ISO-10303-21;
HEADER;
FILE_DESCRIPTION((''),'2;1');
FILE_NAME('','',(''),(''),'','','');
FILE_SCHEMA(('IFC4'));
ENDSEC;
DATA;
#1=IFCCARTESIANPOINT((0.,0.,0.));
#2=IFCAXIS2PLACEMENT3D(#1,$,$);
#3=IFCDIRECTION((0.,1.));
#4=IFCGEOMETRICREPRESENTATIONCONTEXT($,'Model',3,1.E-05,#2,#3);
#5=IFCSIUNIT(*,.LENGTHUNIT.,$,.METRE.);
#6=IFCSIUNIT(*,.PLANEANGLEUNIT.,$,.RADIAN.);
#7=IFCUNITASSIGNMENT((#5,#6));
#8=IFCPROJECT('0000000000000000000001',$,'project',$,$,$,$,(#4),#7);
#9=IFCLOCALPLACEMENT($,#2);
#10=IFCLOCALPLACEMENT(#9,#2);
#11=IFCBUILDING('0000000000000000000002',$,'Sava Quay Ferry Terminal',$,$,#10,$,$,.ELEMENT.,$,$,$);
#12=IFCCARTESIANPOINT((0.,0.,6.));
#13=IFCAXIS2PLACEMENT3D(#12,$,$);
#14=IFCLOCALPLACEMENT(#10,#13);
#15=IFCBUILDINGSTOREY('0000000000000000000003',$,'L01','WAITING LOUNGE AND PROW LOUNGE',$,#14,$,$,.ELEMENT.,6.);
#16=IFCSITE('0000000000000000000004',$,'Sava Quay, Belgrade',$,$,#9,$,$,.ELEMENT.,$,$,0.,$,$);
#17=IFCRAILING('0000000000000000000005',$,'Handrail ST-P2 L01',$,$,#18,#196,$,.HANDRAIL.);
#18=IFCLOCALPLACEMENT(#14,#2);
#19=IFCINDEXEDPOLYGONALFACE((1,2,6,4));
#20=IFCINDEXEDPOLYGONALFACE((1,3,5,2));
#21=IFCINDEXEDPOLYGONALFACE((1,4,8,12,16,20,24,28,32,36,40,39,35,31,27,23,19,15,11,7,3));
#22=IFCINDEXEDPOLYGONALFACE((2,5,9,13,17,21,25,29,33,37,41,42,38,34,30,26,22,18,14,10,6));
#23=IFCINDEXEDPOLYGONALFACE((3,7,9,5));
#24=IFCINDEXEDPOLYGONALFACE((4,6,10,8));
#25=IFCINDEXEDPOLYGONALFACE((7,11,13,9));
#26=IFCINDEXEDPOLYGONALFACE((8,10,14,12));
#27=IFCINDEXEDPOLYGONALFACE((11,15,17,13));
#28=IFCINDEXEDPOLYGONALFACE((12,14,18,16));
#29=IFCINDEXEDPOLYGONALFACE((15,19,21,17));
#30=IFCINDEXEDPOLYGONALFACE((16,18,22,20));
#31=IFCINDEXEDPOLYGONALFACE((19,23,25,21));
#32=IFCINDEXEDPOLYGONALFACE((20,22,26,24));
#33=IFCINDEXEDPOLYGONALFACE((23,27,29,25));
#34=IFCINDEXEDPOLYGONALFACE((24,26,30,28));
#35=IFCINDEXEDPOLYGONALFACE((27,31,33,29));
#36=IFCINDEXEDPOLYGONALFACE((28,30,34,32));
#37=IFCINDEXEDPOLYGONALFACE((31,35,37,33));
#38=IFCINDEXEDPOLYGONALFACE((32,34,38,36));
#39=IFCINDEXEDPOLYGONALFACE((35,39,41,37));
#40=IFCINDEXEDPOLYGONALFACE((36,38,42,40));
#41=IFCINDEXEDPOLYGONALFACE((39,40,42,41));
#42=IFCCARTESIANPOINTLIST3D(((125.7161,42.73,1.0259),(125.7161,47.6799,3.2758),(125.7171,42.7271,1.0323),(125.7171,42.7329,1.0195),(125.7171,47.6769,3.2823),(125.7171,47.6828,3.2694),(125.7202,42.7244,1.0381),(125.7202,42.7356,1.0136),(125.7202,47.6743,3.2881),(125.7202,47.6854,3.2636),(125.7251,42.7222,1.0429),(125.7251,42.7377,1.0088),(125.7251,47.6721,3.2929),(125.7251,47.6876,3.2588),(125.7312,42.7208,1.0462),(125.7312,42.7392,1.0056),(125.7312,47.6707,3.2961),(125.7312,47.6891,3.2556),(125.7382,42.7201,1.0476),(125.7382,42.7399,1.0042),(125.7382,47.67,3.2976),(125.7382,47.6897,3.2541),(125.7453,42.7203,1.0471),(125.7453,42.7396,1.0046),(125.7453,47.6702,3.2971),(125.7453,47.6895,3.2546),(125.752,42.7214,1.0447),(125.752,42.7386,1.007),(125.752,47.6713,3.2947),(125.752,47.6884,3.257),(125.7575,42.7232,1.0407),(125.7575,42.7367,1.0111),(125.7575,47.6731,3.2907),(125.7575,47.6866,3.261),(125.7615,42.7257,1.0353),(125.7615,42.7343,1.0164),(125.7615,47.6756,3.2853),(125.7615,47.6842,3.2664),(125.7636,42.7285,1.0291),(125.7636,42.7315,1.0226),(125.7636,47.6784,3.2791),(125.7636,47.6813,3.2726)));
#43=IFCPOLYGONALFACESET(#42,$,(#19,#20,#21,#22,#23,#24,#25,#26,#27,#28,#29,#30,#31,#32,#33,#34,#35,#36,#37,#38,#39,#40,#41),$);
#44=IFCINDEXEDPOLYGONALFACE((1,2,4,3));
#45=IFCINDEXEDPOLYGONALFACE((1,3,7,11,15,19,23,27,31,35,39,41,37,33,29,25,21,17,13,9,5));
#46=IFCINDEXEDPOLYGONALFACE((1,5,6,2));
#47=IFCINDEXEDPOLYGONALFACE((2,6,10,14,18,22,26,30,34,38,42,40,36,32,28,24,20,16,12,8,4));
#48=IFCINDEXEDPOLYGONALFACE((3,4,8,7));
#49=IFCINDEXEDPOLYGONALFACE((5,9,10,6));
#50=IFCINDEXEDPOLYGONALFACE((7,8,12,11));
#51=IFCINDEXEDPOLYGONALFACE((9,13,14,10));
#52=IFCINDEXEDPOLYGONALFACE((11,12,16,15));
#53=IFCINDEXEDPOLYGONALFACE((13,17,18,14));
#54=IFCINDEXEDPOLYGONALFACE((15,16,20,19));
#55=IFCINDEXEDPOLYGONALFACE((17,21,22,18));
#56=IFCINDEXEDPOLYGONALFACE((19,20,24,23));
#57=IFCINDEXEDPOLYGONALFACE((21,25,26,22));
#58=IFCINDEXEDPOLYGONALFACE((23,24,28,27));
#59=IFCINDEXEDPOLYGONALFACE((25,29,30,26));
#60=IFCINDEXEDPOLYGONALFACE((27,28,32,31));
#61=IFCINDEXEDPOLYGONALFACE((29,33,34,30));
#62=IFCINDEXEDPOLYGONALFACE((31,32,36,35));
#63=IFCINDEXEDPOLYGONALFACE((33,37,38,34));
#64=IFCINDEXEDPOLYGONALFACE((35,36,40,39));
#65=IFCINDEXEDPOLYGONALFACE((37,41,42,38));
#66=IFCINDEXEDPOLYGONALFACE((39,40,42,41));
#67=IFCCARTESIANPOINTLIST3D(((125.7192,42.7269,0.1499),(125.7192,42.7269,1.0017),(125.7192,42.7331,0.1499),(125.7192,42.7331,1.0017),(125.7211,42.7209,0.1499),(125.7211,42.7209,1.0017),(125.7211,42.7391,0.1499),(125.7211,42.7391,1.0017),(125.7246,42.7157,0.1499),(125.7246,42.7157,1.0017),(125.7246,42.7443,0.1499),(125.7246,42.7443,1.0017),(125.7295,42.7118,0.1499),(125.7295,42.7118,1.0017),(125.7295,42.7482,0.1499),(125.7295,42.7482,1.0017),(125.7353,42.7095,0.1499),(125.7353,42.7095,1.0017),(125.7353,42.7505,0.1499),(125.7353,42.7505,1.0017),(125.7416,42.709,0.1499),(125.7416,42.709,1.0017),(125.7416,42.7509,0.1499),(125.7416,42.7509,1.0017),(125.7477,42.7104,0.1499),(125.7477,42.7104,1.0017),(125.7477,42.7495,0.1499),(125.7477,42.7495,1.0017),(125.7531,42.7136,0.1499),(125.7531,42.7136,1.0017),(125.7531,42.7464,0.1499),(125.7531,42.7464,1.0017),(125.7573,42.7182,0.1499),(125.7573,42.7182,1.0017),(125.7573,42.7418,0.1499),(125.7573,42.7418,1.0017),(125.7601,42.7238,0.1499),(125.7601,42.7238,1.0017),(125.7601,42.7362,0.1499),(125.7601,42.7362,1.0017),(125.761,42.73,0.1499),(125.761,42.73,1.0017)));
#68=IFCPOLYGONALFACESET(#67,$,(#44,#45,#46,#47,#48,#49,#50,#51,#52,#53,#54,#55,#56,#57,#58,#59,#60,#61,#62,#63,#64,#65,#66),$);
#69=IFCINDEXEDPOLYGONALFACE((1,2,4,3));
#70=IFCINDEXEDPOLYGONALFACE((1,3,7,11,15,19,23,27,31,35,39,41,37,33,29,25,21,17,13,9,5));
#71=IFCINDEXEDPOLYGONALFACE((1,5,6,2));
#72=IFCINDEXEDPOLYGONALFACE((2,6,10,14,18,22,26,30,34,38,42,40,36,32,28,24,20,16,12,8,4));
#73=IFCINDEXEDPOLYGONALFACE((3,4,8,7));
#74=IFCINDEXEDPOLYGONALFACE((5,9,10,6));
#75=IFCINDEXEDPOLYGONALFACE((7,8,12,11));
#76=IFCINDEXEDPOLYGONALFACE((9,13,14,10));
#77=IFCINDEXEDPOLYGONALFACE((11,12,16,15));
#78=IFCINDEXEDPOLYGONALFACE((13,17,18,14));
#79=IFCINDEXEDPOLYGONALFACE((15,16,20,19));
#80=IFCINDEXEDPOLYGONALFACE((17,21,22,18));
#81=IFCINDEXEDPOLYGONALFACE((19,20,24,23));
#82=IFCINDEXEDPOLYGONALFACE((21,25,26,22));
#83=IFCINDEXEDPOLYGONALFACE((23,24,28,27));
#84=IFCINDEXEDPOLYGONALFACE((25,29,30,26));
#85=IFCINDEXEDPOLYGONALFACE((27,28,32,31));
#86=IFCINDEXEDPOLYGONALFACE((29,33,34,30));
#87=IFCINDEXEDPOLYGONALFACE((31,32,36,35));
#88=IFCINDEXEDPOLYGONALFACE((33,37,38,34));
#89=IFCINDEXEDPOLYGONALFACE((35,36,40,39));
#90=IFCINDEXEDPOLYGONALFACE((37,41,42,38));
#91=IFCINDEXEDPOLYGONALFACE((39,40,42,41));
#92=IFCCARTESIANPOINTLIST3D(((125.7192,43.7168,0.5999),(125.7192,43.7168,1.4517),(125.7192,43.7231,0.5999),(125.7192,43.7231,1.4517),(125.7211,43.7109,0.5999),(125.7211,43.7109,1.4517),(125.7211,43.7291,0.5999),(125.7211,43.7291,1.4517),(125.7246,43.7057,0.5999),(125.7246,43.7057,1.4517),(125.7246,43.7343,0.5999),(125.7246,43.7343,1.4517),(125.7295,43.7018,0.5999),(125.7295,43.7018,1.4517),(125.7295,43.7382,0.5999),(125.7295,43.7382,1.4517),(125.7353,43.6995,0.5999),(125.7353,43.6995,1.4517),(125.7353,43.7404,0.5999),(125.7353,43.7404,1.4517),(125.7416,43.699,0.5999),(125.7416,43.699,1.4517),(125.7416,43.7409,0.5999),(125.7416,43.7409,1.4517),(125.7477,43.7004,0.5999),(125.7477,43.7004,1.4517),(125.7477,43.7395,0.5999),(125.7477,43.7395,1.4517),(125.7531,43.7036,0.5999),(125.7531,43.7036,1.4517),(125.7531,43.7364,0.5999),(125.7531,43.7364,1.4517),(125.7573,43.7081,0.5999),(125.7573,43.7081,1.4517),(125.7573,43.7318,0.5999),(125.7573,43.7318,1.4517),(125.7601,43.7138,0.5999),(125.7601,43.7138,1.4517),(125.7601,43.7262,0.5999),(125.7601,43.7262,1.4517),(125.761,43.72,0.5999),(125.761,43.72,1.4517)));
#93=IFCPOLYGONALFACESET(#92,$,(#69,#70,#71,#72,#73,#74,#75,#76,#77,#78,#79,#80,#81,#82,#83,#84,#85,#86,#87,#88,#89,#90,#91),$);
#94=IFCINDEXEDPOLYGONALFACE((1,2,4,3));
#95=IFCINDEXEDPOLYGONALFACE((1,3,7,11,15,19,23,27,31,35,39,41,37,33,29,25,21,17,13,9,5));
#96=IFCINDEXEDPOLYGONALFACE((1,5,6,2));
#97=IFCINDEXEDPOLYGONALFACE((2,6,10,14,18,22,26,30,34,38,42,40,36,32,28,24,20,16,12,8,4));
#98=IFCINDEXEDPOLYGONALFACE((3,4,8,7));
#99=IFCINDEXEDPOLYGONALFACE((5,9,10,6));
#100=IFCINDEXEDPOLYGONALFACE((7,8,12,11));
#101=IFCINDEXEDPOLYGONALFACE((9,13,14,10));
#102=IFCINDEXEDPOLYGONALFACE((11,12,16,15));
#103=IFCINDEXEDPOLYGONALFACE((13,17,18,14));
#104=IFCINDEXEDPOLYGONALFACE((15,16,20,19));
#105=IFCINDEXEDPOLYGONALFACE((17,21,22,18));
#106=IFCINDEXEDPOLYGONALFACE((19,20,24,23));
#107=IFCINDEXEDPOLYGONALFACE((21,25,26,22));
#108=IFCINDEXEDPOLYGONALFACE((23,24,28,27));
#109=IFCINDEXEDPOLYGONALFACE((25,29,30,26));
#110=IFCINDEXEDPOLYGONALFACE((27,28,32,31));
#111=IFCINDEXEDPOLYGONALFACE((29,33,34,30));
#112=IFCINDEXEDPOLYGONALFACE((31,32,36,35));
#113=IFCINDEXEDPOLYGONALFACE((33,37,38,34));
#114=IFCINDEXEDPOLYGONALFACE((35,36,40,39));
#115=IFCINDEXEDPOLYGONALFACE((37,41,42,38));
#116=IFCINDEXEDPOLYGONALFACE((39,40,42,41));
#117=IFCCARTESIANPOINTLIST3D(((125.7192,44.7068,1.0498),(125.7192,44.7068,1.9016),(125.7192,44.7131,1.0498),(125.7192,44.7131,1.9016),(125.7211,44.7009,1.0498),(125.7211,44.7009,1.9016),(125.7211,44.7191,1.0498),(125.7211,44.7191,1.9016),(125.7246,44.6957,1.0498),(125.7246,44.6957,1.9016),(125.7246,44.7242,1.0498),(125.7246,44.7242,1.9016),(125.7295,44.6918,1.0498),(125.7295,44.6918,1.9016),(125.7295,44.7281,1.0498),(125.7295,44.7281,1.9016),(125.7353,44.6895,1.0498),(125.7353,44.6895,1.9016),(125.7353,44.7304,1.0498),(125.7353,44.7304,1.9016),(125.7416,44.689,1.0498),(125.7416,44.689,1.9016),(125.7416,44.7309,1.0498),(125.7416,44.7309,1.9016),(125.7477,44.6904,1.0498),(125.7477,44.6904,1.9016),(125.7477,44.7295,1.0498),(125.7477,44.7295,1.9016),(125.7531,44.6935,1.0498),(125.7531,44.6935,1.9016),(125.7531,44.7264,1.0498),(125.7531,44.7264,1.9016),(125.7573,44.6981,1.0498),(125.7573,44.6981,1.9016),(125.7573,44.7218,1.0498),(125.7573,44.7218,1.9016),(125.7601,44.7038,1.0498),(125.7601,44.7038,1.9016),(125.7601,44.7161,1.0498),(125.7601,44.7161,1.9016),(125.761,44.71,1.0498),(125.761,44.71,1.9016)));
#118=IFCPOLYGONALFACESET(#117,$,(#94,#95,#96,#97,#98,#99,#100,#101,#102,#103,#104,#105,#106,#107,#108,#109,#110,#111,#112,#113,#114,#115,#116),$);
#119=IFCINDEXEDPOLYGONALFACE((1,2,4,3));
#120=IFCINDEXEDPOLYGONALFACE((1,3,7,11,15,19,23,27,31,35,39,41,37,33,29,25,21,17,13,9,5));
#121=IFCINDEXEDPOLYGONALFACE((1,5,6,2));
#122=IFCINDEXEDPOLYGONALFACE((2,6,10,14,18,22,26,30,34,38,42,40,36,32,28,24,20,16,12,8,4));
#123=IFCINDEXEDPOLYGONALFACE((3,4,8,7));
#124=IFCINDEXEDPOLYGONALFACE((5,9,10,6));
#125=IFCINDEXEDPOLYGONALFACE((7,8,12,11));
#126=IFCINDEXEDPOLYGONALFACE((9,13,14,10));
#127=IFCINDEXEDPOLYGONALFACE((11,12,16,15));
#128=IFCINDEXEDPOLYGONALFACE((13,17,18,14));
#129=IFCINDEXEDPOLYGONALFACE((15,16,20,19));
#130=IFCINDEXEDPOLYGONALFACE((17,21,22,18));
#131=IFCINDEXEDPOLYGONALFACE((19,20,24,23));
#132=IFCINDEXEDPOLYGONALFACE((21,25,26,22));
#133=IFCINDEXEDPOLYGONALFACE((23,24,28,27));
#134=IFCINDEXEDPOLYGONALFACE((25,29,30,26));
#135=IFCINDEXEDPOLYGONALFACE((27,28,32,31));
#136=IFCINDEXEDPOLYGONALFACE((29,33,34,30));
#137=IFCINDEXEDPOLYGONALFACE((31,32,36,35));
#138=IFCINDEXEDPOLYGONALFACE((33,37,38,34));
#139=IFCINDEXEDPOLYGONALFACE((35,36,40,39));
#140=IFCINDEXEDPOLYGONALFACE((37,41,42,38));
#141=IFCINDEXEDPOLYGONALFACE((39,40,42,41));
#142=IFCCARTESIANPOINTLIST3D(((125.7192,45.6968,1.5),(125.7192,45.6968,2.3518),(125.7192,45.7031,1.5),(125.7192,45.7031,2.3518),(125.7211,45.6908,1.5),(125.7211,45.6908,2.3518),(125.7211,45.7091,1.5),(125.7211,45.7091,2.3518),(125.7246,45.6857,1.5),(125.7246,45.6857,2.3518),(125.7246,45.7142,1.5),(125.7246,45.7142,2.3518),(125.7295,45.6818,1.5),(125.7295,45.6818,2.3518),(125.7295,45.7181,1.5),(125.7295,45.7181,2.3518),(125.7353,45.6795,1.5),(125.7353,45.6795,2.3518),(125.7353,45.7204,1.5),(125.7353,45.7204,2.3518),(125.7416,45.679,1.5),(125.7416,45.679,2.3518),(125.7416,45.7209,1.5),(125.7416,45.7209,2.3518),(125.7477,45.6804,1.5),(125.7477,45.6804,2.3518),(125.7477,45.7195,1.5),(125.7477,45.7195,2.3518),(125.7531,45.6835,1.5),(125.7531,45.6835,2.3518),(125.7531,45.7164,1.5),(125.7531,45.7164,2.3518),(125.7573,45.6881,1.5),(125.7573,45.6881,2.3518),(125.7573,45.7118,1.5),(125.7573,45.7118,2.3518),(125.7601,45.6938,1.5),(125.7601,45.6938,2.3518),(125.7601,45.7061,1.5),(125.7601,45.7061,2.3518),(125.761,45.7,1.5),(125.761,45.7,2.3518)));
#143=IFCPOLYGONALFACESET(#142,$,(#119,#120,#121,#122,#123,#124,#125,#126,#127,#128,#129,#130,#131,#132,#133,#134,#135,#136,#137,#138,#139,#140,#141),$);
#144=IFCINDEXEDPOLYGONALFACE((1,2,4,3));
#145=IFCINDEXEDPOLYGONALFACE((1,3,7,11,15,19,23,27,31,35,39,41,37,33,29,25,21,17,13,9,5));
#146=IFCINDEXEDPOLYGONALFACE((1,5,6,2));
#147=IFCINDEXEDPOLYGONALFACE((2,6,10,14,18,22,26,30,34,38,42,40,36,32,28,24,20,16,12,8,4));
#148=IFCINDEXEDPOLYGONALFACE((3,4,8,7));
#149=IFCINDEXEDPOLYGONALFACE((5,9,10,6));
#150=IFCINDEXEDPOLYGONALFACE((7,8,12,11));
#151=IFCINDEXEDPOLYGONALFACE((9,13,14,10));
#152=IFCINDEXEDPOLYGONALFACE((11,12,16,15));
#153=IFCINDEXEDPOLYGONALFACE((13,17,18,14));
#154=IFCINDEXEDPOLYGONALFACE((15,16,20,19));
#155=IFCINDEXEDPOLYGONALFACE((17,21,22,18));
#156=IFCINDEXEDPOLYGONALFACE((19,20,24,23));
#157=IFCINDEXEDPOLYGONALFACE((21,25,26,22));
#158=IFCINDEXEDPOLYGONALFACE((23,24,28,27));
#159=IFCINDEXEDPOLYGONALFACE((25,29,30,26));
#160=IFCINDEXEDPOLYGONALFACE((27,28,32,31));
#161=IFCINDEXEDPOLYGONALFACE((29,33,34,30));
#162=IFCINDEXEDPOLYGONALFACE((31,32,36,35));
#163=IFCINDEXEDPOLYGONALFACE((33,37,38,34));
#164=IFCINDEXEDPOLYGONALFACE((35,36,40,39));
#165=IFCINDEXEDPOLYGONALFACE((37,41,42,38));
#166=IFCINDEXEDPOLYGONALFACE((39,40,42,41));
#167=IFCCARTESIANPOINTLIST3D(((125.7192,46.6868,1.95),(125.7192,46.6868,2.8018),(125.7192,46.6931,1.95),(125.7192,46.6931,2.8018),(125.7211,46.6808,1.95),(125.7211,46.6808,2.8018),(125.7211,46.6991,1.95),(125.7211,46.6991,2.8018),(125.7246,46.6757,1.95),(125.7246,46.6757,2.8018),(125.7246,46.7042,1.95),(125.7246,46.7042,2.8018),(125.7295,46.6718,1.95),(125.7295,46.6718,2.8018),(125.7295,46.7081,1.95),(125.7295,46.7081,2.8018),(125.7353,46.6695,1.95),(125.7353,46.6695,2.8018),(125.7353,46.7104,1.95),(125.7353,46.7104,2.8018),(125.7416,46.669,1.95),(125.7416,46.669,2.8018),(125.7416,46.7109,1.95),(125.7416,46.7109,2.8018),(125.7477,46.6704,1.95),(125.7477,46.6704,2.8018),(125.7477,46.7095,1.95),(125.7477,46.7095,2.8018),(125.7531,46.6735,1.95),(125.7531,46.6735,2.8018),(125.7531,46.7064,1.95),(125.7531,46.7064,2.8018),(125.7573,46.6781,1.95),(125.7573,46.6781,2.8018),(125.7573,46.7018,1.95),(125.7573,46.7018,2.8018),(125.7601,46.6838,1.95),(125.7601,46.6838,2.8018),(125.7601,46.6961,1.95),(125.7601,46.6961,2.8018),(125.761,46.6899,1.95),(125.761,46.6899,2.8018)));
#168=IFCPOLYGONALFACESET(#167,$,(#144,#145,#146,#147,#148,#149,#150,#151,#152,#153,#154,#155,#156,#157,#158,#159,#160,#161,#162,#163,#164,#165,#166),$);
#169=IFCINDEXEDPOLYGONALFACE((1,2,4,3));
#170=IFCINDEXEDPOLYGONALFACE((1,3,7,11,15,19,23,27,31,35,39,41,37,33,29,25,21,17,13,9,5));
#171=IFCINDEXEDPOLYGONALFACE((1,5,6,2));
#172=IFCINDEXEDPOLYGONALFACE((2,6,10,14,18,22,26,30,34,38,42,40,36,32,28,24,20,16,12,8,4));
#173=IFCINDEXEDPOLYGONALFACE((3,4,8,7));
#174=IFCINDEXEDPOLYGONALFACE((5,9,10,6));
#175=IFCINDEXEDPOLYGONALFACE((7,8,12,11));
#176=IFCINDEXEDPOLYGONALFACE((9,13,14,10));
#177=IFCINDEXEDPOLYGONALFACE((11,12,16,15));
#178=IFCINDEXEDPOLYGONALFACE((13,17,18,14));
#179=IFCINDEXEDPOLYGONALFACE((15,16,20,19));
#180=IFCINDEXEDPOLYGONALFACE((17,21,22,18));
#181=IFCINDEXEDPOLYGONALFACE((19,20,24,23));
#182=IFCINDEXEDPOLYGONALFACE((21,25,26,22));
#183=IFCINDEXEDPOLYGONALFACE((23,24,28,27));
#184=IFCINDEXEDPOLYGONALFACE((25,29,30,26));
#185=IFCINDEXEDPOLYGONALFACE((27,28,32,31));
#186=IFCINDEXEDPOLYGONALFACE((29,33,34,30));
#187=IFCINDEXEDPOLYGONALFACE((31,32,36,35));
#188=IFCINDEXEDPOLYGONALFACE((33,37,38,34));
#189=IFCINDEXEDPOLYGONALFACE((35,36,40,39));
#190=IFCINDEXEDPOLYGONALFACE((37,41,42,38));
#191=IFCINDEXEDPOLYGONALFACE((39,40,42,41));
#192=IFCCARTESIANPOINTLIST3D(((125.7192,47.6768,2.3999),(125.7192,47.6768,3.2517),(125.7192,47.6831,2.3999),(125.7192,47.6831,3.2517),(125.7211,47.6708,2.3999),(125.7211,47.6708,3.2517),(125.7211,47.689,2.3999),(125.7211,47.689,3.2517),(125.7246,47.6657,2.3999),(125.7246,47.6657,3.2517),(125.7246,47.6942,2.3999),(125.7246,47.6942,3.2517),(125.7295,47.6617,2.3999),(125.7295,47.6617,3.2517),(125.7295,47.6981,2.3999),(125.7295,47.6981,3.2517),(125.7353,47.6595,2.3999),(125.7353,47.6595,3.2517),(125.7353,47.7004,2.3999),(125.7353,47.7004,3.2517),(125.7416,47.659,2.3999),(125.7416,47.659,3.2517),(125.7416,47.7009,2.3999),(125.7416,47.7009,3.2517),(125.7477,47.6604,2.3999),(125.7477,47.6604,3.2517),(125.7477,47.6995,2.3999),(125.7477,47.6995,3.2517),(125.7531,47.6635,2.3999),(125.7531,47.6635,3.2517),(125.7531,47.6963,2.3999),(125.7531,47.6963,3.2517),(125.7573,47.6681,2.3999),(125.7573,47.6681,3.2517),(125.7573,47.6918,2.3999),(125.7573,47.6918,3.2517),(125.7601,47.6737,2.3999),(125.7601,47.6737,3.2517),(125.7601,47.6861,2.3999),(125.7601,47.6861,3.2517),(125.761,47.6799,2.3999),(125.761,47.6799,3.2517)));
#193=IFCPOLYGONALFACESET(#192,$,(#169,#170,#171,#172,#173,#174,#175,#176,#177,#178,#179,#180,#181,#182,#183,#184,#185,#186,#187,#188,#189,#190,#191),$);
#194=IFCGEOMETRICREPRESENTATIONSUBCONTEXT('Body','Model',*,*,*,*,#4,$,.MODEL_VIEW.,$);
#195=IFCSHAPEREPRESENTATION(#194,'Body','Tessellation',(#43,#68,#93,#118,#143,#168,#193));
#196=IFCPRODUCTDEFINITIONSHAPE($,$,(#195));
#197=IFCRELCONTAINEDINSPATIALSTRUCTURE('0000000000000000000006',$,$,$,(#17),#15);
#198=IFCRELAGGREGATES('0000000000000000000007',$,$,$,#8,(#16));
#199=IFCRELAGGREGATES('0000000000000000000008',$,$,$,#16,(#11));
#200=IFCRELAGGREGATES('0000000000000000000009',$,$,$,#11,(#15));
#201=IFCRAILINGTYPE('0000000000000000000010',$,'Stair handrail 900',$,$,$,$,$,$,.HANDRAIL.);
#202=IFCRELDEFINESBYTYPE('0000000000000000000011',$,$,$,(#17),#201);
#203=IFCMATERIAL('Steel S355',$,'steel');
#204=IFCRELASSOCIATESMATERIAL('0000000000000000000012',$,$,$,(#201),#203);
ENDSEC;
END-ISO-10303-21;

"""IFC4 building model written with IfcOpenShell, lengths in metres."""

from ifc_helpers import new_model, si_unit, direction, frame, origin, origin_2d, place, context, subcontext, project, spatial, circle, extrude, material, type_object, element, save


model = new_model("IFC4")

# Units and contexts
model_context = context("Model", 3, precision=1e-05, world=origin(), true_north=direction((0.0, 1.0)))
body_context = subcontext(model_context, "Body", "Model", "MODEL_VIEW")
ifc_project = project(units=[si_unit("LENGTHUNIT", "METRE"), si_unit("PLANEANGLEUNIT", "RADIAN")], contexts=[model_context])

# Site, building, storey
site_placement = place(None, origin())
site = spatial("IfcSite", under=ifc_project, at=site_placement, Name="Sava Quay, Belgrade", CompositionType="ELEMENT", RefElevation=0.0)
building_placement = place(site_placement, origin())
building = spatial("IfcBuilding", under=site, at=building_placement, Name="Sava Quay Ferry Terminal", CompositionType="ELEMENT")
storey_placement = place(building_placement, frame((0.0, 0.0, 6.0)))
storey = spatial("IfcBuildingStorey", under=building, at=storey_placement, Name="L01", Description="WAITING LOUNGE AND PROW LOUNGE", CompositionType="ELEMENT", Elevation=6.0)

# Railing
ifc_material_1 = material(Name="Steel S355", Category="steel")
railing_type_1 = type_object("IfcRailingType", Name="Stair handrail 900", PredefinedType="HANDRAIL", material=ifc_material_1)
railing_1_placement = place(storey_placement, frame((125.74, 42.73, 0.1499)))
element("IfcRailing", 1, at=railing_1_placement, inside=storey, type_object=railing_type_1, Name="Handrail ST-P2 L01", PredefinedType="HANDRAIL", context=body_context, shape_type="SweptSolid", body=[
    extrude(circle(Radius=0.0239, at=origin_2d()), frame((0.0, 0.0, 0.876), z_axis=(0.0, 0.910365, 0.413806), x_axis=(-1.0, 0.0, 0.0)), (0.0, 0.0, 1.0), 5.4373),
    extrude(circle(Radius=0.021, at=origin_2d()), origin(), (0.0, 0.0, 1.0), 0.8518),
    extrude(circle(Radius=0.021, at=origin_2d()), frame((0.0, 0.99, 0.45)), (0.0, 0.0, 1.0), 0.8518),
    extrude(circle(Radius=0.021, at=origin_2d()), frame((0.0, 1.98, 0.8999)), (0.0, 0.0, 1.0), 0.8518),
    extrude(circle(Radius=0.021, at=origin_2d()), frame((0.0, 2.97, 1.3501)), (0.0, 0.0, 1.0), 0.8518),
    extrude(circle(Radius=0.021, at=origin_2d()), frame((0.0, 3.96, 1.8)), (0.0, 0.0, 1.0), 0.8518),
    extrude(circle(Radius=0.021, at=origin_2d()), frame((0.0, 4.95, 2.25)), (0.0, 0.0, 1.0), 0.8518),
])

save(model, "model.ifc")
